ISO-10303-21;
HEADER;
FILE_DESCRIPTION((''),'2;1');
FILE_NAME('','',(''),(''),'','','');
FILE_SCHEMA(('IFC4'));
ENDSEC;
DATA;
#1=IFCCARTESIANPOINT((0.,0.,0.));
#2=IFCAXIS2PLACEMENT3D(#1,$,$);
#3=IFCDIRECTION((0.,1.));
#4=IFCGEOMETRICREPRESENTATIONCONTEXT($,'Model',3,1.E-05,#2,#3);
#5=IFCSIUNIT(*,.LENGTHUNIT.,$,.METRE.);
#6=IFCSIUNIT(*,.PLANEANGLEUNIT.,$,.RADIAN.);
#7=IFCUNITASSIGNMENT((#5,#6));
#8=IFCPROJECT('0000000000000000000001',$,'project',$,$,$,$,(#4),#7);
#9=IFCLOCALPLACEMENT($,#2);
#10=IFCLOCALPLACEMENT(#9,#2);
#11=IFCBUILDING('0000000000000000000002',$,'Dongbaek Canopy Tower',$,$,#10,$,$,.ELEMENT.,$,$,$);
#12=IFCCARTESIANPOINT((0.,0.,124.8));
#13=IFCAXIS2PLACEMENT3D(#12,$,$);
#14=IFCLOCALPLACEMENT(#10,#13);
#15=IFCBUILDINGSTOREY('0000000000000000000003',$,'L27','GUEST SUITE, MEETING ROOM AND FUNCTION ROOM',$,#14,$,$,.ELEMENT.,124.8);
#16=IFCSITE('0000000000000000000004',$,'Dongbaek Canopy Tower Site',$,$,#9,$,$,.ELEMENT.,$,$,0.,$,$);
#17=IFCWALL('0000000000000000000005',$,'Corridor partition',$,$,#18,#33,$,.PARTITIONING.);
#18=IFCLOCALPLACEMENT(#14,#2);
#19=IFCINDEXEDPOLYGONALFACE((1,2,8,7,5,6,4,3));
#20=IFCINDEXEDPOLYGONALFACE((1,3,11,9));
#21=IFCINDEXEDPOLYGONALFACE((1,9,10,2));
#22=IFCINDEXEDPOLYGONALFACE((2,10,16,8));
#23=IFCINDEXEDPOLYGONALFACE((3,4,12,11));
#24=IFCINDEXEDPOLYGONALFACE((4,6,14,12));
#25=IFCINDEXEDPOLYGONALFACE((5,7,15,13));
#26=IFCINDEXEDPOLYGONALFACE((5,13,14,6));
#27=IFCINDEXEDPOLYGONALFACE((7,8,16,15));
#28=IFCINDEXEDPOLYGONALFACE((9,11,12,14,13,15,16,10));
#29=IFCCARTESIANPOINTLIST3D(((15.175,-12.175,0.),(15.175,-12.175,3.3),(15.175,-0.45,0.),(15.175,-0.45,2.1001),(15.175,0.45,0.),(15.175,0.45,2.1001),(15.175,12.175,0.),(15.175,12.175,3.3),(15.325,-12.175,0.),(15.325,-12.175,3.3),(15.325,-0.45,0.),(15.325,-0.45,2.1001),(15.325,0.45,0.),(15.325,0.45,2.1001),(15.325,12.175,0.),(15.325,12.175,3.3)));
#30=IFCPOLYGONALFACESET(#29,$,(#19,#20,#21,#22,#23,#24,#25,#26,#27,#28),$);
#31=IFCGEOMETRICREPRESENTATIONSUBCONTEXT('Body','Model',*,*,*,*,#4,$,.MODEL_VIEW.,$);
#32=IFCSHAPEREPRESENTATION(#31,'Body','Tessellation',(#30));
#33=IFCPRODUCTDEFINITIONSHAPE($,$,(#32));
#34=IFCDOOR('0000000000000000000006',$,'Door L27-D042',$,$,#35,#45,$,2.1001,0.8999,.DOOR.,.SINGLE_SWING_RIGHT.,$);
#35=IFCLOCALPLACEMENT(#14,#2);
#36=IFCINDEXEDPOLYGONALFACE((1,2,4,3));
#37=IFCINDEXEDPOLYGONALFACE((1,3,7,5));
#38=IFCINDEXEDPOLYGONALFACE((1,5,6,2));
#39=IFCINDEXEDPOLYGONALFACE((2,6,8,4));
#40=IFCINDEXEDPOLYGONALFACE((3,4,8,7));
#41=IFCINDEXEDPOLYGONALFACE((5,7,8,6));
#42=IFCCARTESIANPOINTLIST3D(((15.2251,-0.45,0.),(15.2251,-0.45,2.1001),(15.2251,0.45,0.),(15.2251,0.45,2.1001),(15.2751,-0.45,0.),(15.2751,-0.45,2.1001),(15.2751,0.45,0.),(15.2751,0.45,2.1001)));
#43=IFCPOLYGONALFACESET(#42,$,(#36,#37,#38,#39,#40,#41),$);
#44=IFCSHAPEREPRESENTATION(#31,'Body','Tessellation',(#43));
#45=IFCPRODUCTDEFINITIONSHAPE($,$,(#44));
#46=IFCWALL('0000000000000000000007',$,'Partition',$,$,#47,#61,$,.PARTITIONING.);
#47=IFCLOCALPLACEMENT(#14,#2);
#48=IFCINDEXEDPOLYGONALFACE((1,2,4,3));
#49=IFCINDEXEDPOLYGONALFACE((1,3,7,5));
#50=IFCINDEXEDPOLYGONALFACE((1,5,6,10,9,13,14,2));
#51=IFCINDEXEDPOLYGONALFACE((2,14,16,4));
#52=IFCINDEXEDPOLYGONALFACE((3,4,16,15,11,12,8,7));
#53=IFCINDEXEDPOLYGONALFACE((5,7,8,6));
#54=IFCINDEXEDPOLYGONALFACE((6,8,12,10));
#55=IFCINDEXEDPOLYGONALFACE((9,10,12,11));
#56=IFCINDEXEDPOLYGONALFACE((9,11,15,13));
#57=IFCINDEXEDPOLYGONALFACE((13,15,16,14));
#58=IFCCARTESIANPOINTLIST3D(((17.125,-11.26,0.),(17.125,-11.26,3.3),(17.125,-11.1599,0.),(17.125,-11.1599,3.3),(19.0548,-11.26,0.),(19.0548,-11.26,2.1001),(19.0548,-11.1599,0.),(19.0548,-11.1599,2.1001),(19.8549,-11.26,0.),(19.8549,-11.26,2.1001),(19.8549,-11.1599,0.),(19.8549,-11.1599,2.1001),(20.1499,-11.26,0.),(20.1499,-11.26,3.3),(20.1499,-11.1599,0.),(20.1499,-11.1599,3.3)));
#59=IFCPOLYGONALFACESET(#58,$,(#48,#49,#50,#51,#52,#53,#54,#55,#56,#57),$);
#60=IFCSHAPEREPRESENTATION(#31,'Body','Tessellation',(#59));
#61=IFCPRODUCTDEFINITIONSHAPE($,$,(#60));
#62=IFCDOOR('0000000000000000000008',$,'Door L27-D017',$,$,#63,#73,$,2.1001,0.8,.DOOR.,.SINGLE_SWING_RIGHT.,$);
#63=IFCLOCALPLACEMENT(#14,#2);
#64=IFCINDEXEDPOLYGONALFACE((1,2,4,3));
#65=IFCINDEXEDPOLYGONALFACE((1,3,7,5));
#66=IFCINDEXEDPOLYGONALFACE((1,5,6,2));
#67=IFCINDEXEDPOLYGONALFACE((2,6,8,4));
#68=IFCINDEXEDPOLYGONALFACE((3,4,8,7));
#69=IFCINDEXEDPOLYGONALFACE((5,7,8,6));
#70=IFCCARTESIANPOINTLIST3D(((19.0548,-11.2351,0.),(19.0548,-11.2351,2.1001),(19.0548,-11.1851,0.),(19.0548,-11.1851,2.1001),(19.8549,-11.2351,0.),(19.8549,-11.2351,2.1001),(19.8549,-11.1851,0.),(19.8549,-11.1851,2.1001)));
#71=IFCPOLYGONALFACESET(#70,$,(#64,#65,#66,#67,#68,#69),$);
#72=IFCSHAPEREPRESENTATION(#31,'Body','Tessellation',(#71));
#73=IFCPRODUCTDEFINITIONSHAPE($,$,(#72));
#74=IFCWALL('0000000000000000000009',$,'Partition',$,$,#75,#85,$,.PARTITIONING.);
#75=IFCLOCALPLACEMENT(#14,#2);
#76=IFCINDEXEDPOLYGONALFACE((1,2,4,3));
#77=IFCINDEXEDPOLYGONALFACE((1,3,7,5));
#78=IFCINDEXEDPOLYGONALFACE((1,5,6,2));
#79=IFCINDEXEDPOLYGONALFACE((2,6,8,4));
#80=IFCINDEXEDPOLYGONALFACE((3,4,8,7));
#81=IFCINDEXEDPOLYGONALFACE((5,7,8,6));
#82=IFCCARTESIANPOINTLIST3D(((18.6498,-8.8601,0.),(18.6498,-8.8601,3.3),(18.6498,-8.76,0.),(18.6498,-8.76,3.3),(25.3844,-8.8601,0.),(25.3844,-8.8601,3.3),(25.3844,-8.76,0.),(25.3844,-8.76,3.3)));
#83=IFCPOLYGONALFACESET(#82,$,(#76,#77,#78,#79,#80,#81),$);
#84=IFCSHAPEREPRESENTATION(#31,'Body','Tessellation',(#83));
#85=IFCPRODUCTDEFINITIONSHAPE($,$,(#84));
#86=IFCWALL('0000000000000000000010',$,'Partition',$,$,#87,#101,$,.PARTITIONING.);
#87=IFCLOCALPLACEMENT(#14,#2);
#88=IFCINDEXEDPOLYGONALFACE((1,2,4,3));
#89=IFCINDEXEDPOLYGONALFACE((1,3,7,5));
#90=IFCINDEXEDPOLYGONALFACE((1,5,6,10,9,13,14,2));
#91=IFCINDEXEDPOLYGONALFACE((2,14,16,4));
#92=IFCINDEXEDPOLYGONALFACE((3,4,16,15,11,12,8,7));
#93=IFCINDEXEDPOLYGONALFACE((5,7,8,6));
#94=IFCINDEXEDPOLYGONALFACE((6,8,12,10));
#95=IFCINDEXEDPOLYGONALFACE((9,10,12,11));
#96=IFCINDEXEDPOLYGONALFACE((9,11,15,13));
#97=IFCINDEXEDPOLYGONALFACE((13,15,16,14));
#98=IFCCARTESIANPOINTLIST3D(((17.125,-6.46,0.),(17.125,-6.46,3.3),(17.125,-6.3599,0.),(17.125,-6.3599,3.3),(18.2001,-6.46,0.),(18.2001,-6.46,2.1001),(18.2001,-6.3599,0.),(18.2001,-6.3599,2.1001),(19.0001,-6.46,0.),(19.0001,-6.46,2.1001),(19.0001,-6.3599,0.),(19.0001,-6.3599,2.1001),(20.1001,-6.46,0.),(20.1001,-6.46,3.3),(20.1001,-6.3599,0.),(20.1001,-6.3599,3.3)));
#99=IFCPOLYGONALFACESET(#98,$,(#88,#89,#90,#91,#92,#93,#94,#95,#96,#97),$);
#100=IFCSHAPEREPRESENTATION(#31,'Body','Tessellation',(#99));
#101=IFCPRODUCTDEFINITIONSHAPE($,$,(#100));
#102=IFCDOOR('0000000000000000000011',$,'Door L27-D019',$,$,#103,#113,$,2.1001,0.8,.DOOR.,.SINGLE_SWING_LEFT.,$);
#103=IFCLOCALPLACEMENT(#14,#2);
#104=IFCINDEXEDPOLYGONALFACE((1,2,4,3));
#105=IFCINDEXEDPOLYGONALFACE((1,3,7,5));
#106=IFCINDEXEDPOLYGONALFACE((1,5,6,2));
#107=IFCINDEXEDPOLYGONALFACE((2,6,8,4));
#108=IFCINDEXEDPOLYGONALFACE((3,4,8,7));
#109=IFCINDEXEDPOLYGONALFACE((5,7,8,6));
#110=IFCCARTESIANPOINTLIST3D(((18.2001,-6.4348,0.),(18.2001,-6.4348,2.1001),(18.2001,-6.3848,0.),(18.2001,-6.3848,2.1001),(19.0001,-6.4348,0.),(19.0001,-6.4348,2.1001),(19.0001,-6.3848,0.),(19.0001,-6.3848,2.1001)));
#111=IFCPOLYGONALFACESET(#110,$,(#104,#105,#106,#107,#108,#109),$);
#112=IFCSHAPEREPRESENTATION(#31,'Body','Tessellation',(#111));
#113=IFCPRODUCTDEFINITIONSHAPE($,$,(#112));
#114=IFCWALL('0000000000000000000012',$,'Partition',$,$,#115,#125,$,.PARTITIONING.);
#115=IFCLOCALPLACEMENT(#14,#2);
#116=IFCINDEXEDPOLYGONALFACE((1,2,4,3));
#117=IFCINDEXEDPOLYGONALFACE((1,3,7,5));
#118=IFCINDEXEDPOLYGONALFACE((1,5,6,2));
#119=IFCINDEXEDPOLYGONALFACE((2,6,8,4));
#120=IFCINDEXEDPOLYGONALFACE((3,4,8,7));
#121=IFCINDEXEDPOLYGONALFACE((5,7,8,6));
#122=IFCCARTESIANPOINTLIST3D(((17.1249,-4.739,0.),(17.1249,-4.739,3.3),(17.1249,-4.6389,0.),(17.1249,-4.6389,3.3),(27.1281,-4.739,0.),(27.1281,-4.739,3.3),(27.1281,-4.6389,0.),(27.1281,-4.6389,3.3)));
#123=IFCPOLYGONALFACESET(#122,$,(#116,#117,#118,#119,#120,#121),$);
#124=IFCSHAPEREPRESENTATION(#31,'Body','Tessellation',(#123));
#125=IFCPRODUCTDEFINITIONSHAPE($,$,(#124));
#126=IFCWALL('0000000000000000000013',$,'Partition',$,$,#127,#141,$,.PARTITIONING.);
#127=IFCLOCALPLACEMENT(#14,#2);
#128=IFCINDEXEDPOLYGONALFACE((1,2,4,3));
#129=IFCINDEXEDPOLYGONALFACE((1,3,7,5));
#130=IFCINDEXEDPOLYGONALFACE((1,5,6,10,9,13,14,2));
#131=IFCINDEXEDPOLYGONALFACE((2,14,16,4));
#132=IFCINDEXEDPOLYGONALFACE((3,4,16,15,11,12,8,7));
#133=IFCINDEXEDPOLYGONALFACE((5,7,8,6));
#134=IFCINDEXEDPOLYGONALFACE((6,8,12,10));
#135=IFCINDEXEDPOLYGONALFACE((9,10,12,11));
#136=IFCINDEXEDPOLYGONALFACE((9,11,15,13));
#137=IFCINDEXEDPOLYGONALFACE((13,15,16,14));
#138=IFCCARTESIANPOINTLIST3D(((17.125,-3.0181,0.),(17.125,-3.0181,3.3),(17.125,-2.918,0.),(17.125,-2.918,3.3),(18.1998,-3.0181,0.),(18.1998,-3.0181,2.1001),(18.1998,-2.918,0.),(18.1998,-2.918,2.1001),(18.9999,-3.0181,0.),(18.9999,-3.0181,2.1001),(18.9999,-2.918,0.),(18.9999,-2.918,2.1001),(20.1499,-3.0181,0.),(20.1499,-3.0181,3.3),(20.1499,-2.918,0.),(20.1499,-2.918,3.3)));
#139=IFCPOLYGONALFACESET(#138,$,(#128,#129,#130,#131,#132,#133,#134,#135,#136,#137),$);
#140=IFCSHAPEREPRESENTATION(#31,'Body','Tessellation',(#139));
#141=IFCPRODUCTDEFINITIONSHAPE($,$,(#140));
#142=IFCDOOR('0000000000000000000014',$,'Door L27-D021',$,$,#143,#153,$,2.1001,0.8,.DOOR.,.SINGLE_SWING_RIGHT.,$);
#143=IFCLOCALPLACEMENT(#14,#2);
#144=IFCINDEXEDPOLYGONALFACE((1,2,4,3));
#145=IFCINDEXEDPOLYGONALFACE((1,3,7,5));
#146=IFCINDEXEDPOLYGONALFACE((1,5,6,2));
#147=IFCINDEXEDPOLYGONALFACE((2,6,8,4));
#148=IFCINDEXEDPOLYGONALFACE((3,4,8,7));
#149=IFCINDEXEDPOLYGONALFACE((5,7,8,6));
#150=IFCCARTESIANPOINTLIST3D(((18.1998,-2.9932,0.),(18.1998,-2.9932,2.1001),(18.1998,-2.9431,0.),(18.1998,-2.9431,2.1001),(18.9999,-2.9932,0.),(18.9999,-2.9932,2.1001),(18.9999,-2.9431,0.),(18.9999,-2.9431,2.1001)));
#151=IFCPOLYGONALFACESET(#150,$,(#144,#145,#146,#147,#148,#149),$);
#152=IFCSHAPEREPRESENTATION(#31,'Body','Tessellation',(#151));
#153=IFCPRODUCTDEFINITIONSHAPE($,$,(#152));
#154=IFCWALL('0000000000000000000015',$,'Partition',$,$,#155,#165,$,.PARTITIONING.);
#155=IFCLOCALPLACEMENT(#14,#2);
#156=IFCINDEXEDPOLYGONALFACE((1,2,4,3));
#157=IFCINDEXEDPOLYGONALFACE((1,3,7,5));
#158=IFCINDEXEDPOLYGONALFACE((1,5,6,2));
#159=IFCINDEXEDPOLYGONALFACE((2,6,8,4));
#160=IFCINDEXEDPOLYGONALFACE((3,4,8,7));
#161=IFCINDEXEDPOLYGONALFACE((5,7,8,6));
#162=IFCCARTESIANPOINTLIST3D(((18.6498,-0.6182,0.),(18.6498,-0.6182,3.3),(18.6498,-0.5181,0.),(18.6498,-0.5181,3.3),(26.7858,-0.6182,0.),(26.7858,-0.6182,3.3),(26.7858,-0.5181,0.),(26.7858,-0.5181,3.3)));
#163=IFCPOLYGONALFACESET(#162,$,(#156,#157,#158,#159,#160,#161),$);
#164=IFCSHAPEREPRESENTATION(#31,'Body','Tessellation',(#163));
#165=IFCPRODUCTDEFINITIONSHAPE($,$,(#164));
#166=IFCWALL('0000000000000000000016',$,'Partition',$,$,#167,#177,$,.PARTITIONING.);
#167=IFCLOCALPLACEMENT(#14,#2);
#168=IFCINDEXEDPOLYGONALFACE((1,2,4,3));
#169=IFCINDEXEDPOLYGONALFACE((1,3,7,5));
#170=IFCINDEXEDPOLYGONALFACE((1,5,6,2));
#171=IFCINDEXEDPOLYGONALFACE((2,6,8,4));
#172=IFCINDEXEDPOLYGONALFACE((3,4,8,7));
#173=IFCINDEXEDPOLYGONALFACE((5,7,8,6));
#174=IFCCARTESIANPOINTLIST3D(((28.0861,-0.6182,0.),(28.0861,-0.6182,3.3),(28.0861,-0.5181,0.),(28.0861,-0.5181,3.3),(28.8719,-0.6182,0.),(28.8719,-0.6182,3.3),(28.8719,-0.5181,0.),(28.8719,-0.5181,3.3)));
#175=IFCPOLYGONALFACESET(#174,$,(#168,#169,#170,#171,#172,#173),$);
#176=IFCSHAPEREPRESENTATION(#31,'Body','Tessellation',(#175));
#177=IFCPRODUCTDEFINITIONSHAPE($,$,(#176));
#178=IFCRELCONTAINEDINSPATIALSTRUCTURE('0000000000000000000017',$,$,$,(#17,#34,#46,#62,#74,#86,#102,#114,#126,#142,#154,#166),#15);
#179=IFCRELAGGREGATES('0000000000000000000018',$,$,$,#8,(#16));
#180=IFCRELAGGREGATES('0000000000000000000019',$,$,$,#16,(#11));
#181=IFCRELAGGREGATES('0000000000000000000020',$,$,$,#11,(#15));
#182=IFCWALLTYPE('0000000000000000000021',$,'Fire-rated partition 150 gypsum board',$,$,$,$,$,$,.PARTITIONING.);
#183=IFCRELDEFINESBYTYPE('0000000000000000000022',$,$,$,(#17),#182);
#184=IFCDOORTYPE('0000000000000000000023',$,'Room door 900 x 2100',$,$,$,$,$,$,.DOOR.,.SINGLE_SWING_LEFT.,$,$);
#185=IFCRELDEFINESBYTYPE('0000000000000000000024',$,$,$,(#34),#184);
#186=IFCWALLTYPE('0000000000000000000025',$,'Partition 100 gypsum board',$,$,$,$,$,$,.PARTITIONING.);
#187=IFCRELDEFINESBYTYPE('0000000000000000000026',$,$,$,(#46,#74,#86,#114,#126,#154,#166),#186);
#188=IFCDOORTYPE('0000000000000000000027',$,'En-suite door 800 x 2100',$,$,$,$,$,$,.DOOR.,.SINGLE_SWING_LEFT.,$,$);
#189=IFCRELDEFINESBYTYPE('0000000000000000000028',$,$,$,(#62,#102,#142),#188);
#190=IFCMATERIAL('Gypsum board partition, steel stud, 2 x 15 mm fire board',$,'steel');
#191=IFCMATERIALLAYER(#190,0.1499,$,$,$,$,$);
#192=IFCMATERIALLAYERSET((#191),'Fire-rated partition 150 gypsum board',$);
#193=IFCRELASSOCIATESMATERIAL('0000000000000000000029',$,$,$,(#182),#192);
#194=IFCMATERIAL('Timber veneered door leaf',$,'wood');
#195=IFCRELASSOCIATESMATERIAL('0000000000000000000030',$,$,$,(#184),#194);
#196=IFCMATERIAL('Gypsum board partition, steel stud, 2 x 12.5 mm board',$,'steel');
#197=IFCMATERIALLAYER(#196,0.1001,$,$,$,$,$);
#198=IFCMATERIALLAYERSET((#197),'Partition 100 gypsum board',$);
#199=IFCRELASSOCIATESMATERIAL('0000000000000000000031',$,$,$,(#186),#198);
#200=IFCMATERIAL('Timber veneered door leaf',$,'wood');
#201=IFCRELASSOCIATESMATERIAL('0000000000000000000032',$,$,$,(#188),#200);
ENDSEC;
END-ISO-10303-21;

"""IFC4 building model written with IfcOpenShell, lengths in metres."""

from ifc_helpers import new_model, si_unit, direction, frame, frame_2d, origin, place, context, subcontext, project, spatial, rectangle, extrude, material, layer, layer_set, type_object, element, fill, save


model = new_model("IFC4")

# Units and contexts
model_context = context("Model", 3, precision=1e-05, world=origin(), true_north=direction((0.0, 1.0)))
body_context = subcontext(model_context, "Body", "Model", "MODEL_VIEW")
ifc_project = project(units=[si_unit("LENGTHUNIT", "METRE"), si_unit("PLANEANGLEUNIT", "RADIAN")], contexts=[model_context])

# Site, building, storey
site_placement = place(None, origin())
site = spatial("IfcSite", under=ifc_project, at=site_placement, Name="Dongbaek Canopy Tower Site", CompositionType="ELEMENT", RefElevation=0.0)
building_placement = place(site_placement, origin())
building = spatial("IfcBuilding", under=site, at=building_placement, Name="Dongbaek Canopy Tower", CompositionType="ELEMENT")
storey_placement = place(building_placement, frame((0.0, 0.0, 124.8)))
storey = spatial("IfcBuildingStorey", under=building, at=storey_placement, Name="L27", Description="GUEST SUITE, MEETING ROOM AND FUNCTION ROOM", CompositionType="ELEMENT", Elevation=124.8)

# Walls, openings, doors
ifc_material_1 = material(Name="Gypsum board partition, steel stud, 2 x 15 mm fire board", Category="steel")
ifc_layer_1 = layer(ifc_material_1, 0.1499)
ifc_layer_set_1 = layer_set([ifc_layer_1], Name="Fire-rated partition 150 gypsum board")
wall_type_1 = type_object("IfcWallType", Name="Fire-rated partition 150 gypsum board", PredefinedType="PARTITIONING", material=ifc_layer_set_1)
wall_1_placement = place(storey_placement, frame((15.25, -12.175, 0.0), z_axis=(0.0, 0.0, 1.0), x_axis=(0.0, 1.0, 0.0)))
wall_1 = element("IfcWall", 1, at=wall_1_placement, inside=storey, type_object=wall_type_1, Name="Corridor partition", PredefinedType="PARTITIONING", context=body_context, shape_type="SweptSolid", body=[
    extrude(rectangle(XDim=24.3501, YDim=0.1499, at=frame_2d((12.175, 0.0))), origin(), (0.0, 0.0, 1.0), 3.3),
])
opening_1_placement = place(wall_1_placement, frame((11.7251, 0.0, 0.0)))
opening_1 = element("IfcOpeningElement", 2, at=opening_1_placement, cuts=wall_1, PredefinedType="OPENING", context=body_context, shape_type="SweptSolid", body=[
    extrude(rectangle(XDim=0.8999, YDim=2.1001, at=frame_2d((0.45, 1.05))), frame((0.0, 0.085, 0.0), z_axis=(0.0, -1.0, 0.0), x_axis=(1.0, 0.0, 0.0)), (0.0, 0.0, 1.0), 0.1699),
])
ifc_material_2 = material(Name="Timber veneered door leaf", Category="wood")
door_type_1 = type_object("IfcDoorType", Name="Room door 900 x 2100", OperationType="SINGLE_SWING_LEFT", PredefinedType="DOOR", material=ifc_material_2)
door_1_placement = place(opening_1_placement, origin())
door_1 = element("IfcDoor", 3, at=door_1_placement, inside=storey, type_object=door_type_1, Name="Door L27-D042", OperationType="SINGLE_SWING_RIGHT", OverallHeight=2.1001, OverallWidth=0.8999, PredefinedType="DOOR", context=body_context, shape_type="SweptSolid", body=[
    extrude(rectangle(XDim=0.8999, YDim=2.1001, at=frame_2d((0.45, 1.05))), frame((0.0, 0.0249, 0.0), z_axis=(0.0, -1.0, 0.0), x_axis=(1.0, 0.0, 0.0)), (0.0, 0.0, 1.0), 0.05),
])
fill(opening_1, door_1)
ifc_material_3 = material(Name="Gypsum board partition, steel stud, 2 x 12.5 mm board", Category="steel")
ifc_layer_2 = layer(ifc_material_3, 0.1001)
ifc_layer_set_2 = layer_set([ifc_layer_2], Name="Partition 100 gypsum board")
wall_type_2 = type_object("IfcWallType", Name="Partition 100 gypsum board", PredefinedType="PARTITIONING", material=ifc_layer_set_2)
wall_2_placement = place(storey_placement, frame((17.125, -11.21, 0.0), z_axis=(0.0, 0.0, 1.0), x_axis=(1.0, 0.0, 0.0)))
wall_2 = element("IfcWall", 4, at=wall_2_placement, inside=storey, type_object=wall_type_2, Name="Partition", PredefinedType="PARTITIONING", context=body_context, shape_type="SweptSolid", body=[
    extrude(rectangle(XDim=3.0249, YDim=0.1001, at=frame_2d((1.5125, 0.0))), origin(), (0.0, 0.0, 1.0), 3.3),
])
opening_2_placement = place(wall_2_placement, frame((1.9299, 0.0, 0.0)))
opening_2 = element("IfcOpeningElement", 5, at=opening_2_placement, cuts=wall_2, PredefinedType="OPENING", context=body_context, shape_type="SweptSolid", body=[
    extrude(rectangle(XDim=0.8, YDim=2.1001, at=frame_2d((0.3999, 1.05))), frame((0.0, 0.0601, 0.0), z_axis=(0.0, -1.0, 0.0), x_axis=(1.0, 0.0, 0.0)), (0.0, 0.0, 1.0), 0.1201),
])
ifc_material_4 = material(Name="Timber veneered door leaf", Category="wood")
door_type_2 = type_object("IfcDoorType", Name="En-suite door 800 x 2100", OperationType="SINGLE_SWING_LEFT", PredefinedType="DOOR", material=ifc_material_4)
door_2_placement = place(opening_2_placement, origin())
door_2 = element("IfcDoor", 6, at=door_2_placement, inside=storey, type_object=door_type_2, Name="Door L27-D017", OperationType="SINGLE_SWING_RIGHT", OverallHeight=2.1001, OverallWidth=0.8, PredefinedType="DOOR", context=body_context, shape_type="SweptSolid", body=[
    extrude(rectangle(XDim=0.8, YDim=2.1001, at=frame_2d((0.3999, 1.05))), frame((0.0, 0.0249, 0.0), z_axis=(0.0, -1.0, 0.0), x_axis=(1.0, 0.0, 0.0)), (0.0, 0.0, 1.0), 0.05),
])
fill(opening_2, door_2)

# Wall
wall_3_placement = place(storey_placement, frame((18.6499, -8.8101, 0.0), z_axis=(0.0, 0.0, 1.0), x_axis=(1.0, 0.0, 0.0)))
element("IfcWall", 7, at=wall_3_placement, inside=storey, type_object=wall_type_2, Name="Partition", PredefinedType="PARTITIONING", context=body_context, shape_type="SweptSolid", body=[
    extrude(rectangle(XDim=6.7346, YDim=0.1001, at=frame_2d((3.3672, 0.0))), origin(), (0.0, 0.0, 1.0), 3.3),
])

# Wall, opening, door
wall_4_placement = place(storey_placement, frame((20.1001, -6.4099, 0.0), z_axis=(0.0, 0.0, 1.0), x_axis=(-1.0, 0.0, 0.0)))
wall_4 = element("IfcWall", 8, at=wall_4_placement, inside=storey, type_object=wall_type_2, Name="Partition", PredefinedType="PARTITIONING", context=body_context, shape_type="SweptSolid", body=[
    extrude(rectangle(XDim=2.9751, YDim=0.1001, at=frame_2d((1.4875, 0.0))), origin(), (0.0, 0.0, 1.0), 3.3),
])
opening_3_placement = place(wall_4_placement, frame((1.1001, 0.0, 0.0)))
opening_3 = element("IfcOpeningElement", 9, at=opening_3_placement, cuts=wall_4, PredefinedType="OPENING", context=body_context, shape_type="SweptSolid", body=[
    extrude(rectangle(XDim=0.8, YDim=2.1001, at=frame_2d((0.3999, 1.05))), frame((0.0, 0.0601, 0.0), z_axis=(0.0, -1.0, 0.0), x_axis=(1.0, 0.0, 0.0)), (0.0, 0.0, 1.0), 0.1201),
])
door_3_placement = place(opening_3_placement, origin())
door_3 = element("IfcDoor", 10, at=door_3_placement, inside=storey, type_object=door_type_2, Name="Door L27-D019", OperationType="SINGLE_SWING_LEFT", OverallHeight=2.1001, OverallWidth=0.8, PredefinedType="DOOR", context=body_context, shape_type="SweptSolid", body=[
    extrude(rectangle(XDim=0.8, YDim=2.1001, at=frame_2d((0.3999, 1.05))), frame((0.0, 0.0249, 0.0), z_axis=(0.0, -1.0, 0.0), x_axis=(1.0, 0.0, 0.0)), (0.0, 0.0, 1.0), 0.05),
])
fill(opening_3, door_3)

# Wall
wall_5_placement = place(storey_placement, frame((17.125, -4.689, 0.0), z_axis=(0.0, 0.0, 1.0), x_axis=(1.0, 0.0, 0.0)))
element("IfcWall", 11, at=wall_5_placement, inside=storey, type_object=wall_type_2, Name="Partition", PredefinedType="PARTITIONING", context=body_context, shape_type="SweptSolid", body=[
    extrude(rectangle(XDim=10.0032, YDim=0.1001, at=frame_2d((5.0015, 0.0))), origin(), (0.0, 0.0, 1.0), 3.3),
])

# Wall, opening, door
wall_6_placement = place(storey_placement, frame((17.125, -2.968, 0.0), z_axis=(0.0, 0.0, 1.0), x_axis=(1.0, 0.0, 0.0)))
wall_6 = element("IfcWall", 12, at=wall_6_placement, inside=storey, type_object=wall_type_2, Name="Partition", PredefinedType="PARTITIONING", context=body_context, shape_type="SweptSolid", body=[
    extrude(rectangle(XDim=3.0249, YDim=0.1001, at=frame_2d((1.5125, 0.0))), origin(), (0.0, 0.0, 1.0), 3.3),
])
opening_4_placement = place(wall_6_placement, frame((1.075, 0.0, 0.0)))
opening_4 = element("IfcOpeningElement", 13, at=opening_4_placement, cuts=wall_6, PredefinedType="OPENING", context=body_context, shape_type="SweptSolid", body=[
    extrude(rectangle(XDim=0.8, YDim=2.1001, at=frame_2d((0.3999, 1.05))), frame((0.0, 0.0601, 0.0), z_axis=(0.0, -1.0, 0.0), x_axis=(1.0, 0.0, 0.0)), (0.0, 0.0, 1.0), 0.1201),
])
door_4_placement = place(opening_4_placement, origin())
door_4 = element("IfcDoor", 14, at=door_4_placement, inside=storey, type_object=door_type_2, Name="Door L27-D021", OperationType="SINGLE_SWING_RIGHT", OverallHeight=2.1001, OverallWidth=0.8, PredefinedType="DOOR", context=body_context, shape_type="SweptSolid", body=[
    extrude(rectangle(XDim=0.8, YDim=2.1001, at=frame_2d((0.3999, 1.05))), frame((0.0, 0.0249, 0.0), z_axis=(0.0, -1.0, 0.0), x_axis=(1.0, 0.0, 0.0)), (0.0, 0.0, 1.0), 0.05),
])
fill(opening_4, door_4)

# Walls
wall_7_placement = place(storey_placement, frame((18.6499, -0.5681, 0.0), z_axis=(0.0, 0.0, 1.0), x_axis=(1.0, 0.0, 0.0)))
element("IfcWall", 15, at=wall_7_placement, inside=storey, type_object=wall_type_2, Name="Partition", PredefinedType="PARTITIONING", context=body_context, shape_type="SweptSolid", body=[
    extrude(rectangle(XDim=8.136, YDim=0.1001, at=frame_2d((4.0679, 0.0))), origin(), (0.0, 0.0, 1.0), 3.3),
])
wall_8_placement = place(storey_placement, frame((28.0859, -0.5681, 0.0), z_axis=(0.0, 0.0, 1.0), x_axis=(1.0, 0.0, 0.0)))
element("IfcWall", 16, at=wall_8_placement, inside=storey, type_object=wall_type_2, Name="Partition", PredefinedType="PARTITIONING", context=body_context, shape_type="SweptSolid", body=[
    extrude(rectangle(XDim=0.7859, YDim=0.1001, at=frame_2d((0.3931, 0.0))), origin(), (0.0, 0.0, 1.0), 3.3),
])

save(model, "model.ifc")
